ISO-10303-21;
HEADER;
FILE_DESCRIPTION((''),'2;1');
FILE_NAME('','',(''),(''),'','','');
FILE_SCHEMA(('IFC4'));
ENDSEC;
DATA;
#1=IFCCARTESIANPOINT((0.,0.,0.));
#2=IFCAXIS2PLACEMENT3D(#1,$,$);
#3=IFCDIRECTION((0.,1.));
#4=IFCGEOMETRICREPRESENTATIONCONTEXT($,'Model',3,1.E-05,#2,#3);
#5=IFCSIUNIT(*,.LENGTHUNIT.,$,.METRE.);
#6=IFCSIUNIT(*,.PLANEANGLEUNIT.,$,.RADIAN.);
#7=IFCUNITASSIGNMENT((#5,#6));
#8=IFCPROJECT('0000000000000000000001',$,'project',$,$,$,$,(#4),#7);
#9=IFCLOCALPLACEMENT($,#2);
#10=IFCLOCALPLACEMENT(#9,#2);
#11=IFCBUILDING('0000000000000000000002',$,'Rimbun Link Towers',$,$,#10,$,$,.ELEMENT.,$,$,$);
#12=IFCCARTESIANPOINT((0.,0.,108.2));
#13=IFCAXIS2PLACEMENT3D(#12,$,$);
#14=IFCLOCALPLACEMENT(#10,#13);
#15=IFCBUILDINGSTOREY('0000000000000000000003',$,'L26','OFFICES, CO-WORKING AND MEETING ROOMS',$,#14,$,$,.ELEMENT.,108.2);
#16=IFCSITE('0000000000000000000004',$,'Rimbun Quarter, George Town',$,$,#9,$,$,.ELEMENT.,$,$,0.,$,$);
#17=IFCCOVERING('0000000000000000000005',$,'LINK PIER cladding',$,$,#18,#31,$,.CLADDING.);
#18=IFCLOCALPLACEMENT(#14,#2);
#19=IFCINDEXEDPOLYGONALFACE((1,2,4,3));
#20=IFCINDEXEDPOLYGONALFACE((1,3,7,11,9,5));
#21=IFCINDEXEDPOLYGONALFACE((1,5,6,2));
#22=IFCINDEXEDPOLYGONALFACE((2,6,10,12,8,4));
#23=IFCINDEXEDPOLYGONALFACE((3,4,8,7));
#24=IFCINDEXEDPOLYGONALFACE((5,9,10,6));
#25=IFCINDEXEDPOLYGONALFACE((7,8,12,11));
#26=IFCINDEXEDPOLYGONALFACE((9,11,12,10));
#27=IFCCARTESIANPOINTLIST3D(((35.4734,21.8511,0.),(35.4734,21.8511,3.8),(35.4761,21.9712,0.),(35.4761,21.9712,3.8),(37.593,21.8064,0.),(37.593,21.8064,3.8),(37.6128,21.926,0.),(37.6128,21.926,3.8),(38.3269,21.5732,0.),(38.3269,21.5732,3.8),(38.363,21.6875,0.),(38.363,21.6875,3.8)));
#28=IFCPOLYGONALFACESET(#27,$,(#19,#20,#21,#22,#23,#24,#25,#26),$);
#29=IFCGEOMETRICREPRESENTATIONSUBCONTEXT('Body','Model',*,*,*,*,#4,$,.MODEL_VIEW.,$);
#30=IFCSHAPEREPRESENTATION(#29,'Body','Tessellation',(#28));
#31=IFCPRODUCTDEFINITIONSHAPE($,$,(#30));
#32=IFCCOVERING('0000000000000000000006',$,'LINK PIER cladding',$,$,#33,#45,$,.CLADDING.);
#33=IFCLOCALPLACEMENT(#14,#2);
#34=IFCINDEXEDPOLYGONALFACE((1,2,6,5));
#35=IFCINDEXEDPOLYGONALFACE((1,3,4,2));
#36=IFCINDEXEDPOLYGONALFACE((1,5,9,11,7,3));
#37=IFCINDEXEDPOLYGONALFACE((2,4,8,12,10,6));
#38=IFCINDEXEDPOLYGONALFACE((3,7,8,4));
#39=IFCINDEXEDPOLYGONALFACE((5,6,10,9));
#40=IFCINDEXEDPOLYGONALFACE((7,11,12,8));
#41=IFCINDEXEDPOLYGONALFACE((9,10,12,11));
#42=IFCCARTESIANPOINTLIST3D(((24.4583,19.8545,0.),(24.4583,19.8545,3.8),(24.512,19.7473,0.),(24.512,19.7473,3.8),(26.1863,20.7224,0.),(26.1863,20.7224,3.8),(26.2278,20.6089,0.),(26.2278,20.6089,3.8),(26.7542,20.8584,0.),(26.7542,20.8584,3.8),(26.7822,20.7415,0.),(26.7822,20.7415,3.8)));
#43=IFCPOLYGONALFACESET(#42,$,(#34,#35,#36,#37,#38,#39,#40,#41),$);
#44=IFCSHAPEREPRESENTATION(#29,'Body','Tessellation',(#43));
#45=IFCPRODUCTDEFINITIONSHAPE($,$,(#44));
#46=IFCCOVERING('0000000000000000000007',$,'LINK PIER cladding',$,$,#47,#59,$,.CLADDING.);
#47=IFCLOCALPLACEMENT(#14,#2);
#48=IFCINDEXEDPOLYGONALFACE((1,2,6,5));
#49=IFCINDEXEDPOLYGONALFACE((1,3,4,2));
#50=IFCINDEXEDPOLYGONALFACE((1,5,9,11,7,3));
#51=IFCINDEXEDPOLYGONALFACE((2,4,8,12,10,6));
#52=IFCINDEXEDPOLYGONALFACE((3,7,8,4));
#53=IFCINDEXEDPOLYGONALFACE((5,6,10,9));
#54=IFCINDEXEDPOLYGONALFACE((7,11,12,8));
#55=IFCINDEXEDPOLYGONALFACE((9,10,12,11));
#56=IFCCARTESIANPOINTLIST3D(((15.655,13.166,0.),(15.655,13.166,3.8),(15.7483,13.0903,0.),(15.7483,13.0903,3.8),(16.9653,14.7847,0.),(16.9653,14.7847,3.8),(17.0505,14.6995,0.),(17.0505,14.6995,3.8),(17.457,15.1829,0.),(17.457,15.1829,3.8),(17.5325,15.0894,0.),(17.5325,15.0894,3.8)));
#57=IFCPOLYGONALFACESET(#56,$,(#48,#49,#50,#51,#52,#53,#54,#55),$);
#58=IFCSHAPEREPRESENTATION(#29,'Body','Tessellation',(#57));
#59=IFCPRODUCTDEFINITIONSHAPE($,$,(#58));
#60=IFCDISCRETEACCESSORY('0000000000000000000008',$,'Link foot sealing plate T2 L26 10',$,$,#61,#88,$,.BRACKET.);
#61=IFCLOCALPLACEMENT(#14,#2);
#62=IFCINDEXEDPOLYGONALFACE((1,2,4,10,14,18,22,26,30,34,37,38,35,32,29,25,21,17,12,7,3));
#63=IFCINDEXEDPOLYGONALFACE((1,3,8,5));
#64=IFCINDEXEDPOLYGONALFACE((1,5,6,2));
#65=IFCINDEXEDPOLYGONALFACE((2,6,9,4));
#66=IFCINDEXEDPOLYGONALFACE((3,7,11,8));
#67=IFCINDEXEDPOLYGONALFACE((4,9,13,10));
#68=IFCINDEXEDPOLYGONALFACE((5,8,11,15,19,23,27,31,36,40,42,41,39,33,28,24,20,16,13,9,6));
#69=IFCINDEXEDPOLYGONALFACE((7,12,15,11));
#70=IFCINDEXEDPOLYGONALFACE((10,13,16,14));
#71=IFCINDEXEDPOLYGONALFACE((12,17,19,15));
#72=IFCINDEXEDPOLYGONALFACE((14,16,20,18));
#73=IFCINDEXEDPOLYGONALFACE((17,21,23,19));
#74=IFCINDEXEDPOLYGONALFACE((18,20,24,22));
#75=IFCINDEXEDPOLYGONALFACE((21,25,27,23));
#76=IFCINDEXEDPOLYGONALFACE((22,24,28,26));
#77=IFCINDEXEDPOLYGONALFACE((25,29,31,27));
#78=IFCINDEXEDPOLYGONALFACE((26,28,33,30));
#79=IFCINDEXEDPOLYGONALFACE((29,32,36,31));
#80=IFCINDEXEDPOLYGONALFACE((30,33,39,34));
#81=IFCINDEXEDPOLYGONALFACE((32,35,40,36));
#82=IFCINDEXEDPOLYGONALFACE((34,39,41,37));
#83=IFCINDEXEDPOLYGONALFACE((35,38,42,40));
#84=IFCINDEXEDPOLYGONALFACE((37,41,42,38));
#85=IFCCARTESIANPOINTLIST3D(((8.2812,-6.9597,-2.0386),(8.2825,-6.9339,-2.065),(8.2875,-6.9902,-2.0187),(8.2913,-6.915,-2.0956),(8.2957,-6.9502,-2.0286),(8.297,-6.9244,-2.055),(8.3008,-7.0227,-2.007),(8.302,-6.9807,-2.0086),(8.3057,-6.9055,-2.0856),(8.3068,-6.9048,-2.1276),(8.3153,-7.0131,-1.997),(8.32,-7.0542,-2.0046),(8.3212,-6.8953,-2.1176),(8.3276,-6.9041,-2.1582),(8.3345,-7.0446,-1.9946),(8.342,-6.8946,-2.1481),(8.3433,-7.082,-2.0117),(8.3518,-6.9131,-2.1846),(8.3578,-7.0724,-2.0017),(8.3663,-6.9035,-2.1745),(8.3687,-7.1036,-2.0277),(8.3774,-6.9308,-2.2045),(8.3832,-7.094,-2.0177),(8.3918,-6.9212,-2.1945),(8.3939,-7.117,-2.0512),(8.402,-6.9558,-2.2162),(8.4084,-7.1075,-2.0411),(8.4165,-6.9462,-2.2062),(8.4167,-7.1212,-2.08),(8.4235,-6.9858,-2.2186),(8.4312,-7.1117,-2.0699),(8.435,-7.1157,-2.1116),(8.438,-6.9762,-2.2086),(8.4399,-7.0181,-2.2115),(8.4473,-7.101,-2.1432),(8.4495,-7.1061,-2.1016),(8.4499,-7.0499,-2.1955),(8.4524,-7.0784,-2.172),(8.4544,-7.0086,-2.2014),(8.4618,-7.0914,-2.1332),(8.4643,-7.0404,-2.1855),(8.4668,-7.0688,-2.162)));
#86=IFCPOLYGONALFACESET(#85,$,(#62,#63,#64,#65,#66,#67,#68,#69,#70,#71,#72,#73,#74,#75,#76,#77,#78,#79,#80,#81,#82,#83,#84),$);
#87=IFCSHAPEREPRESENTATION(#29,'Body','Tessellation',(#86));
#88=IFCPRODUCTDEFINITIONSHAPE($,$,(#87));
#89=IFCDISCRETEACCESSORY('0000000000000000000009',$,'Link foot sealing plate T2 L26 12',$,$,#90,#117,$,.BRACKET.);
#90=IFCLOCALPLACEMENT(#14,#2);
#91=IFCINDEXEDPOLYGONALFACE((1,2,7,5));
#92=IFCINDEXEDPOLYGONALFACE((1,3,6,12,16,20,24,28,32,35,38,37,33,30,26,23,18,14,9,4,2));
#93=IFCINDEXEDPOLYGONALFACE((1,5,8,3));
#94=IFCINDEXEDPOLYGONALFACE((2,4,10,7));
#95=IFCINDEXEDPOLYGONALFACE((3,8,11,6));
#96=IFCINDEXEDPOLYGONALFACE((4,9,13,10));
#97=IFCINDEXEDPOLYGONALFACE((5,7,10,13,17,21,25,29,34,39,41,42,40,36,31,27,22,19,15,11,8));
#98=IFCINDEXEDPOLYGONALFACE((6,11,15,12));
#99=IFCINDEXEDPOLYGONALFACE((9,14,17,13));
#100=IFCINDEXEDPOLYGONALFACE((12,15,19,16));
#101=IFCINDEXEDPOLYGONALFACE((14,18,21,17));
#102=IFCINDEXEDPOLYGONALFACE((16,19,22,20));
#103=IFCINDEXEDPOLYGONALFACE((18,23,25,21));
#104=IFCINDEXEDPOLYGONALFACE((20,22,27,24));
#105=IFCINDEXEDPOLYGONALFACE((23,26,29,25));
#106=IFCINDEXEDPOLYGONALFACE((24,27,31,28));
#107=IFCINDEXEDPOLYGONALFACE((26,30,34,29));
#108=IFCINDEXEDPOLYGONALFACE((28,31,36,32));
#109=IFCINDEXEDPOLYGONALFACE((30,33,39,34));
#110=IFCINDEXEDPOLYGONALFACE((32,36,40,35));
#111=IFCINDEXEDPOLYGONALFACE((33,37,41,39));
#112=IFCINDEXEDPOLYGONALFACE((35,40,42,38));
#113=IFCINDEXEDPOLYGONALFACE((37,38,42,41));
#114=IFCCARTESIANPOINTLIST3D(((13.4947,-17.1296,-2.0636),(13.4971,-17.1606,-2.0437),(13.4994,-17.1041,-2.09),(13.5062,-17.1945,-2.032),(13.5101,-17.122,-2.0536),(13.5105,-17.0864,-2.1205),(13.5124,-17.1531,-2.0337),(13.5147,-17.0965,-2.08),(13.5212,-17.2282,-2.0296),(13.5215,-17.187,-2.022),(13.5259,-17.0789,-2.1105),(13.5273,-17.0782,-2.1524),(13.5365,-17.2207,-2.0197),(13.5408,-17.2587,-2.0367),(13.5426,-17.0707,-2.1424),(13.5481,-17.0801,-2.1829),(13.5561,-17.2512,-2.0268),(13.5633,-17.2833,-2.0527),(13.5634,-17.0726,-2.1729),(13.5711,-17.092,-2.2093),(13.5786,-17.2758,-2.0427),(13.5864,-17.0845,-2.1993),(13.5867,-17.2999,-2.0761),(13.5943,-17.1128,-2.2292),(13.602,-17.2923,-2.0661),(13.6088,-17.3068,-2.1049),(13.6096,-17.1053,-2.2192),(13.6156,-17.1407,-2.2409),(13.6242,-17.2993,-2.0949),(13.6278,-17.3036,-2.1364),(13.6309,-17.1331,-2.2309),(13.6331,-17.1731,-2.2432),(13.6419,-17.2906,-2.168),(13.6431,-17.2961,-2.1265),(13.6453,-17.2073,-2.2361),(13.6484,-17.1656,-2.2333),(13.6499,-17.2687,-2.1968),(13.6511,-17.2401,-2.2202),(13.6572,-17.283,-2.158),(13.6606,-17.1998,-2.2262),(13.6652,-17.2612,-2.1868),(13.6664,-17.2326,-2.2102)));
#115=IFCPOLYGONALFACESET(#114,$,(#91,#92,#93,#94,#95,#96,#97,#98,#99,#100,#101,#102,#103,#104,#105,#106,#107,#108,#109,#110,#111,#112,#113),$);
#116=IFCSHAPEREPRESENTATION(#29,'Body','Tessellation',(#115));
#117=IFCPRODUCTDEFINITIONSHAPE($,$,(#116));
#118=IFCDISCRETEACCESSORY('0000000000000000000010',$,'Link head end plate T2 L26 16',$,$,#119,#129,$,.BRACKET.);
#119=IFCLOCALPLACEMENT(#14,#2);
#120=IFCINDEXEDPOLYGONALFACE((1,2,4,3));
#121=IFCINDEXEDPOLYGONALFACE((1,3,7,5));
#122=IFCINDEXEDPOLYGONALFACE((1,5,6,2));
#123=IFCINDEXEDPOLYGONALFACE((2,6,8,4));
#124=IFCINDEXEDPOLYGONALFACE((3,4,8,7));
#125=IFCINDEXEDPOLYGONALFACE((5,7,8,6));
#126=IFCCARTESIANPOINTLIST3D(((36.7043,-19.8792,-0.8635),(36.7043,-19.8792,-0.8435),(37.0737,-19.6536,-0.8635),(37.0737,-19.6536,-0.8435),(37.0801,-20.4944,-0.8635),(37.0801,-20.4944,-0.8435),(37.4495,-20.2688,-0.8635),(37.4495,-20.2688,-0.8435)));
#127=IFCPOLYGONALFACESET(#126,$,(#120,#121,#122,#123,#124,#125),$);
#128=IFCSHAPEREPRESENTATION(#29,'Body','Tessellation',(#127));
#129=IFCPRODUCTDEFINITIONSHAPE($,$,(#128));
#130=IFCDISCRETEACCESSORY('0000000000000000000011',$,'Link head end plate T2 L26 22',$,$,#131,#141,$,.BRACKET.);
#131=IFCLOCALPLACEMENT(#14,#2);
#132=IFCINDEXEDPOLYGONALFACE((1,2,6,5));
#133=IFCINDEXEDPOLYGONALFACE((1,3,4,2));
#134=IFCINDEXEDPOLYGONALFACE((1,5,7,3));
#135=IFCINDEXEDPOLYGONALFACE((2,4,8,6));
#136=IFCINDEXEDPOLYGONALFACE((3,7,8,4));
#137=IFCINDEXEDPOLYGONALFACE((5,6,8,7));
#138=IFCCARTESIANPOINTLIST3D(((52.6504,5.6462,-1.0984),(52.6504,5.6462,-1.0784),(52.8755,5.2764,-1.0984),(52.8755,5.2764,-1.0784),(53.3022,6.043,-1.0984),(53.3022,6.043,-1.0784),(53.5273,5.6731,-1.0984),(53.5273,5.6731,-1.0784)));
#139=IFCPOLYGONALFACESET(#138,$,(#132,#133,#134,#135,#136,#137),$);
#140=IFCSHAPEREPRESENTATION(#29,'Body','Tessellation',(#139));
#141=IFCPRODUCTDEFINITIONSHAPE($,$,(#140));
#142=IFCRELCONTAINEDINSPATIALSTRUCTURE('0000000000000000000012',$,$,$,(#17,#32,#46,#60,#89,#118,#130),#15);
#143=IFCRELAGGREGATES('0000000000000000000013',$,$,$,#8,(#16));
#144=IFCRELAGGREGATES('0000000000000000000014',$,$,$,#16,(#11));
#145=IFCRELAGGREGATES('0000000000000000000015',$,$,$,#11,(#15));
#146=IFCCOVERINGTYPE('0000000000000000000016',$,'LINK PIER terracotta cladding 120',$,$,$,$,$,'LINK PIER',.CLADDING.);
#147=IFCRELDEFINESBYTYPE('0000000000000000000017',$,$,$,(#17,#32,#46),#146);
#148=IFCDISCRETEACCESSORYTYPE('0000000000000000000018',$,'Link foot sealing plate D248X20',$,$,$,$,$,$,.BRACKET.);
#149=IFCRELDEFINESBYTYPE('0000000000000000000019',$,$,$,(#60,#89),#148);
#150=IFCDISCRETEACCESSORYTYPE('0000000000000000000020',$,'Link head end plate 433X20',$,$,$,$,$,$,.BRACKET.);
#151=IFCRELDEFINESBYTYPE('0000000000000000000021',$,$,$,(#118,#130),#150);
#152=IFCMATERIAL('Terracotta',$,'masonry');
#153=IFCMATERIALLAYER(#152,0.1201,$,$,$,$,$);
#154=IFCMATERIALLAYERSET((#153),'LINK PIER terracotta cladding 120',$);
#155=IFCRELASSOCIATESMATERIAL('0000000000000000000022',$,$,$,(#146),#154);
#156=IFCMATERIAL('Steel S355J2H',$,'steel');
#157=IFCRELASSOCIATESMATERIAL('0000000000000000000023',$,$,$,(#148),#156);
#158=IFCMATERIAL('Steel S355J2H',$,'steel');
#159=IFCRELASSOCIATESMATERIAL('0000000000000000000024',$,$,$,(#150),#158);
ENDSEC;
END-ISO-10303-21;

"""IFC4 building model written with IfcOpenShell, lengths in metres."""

from ifc_helpers import new_model, si_unit, direction, frame, origin, origin_2d, place, context, subcontext, project, spatial, polyline, rectangle, circle, outline, extrude, material, layer, layer_set, material_profile, profile_set, type_object, element, save


model = new_model("IFC4")

# Units and contexts
model_context = context("Model", 3, precision=1e-05, world=origin(), true_north=direction((0.0, 1.0)))
body_context = subcontext(model_context, "Body", "Model", "MODEL_VIEW")
ifc_project = project(units=[si_unit("LENGTHUNIT", "METRE"), si_unit("PLANEANGLEUNIT", "RADIAN")], contexts=[model_context])

# Site, building, storey
site_placement = place(None, origin())
site = spatial("IfcSite", under=ifc_project, at=site_placement, Name="Rimbun Quarter, George Town", CompositionType="ELEMENT", RefElevation=0.0)
building_placement = place(site_placement, origin())
building = spatial("IfcBuilding", under=site, at=building_placement, Name="Rimbun Link Towers", CompositionType="ELEMENT")
storey_placement = place(building_placement, frame((0.0, 0.0, 108.2)))
storey = spatial("IfcBuildingStorey", under=building, at=storey_placement, Name="L26", Description="OFFICES, CO-WORKING AND MEETING ROOMS", CompositionType="ELEMENT", Elevation=108.2)

# Coverings
ifc_material_1 = material(Name="Terracotta", Category="masonry")
ifc_layer_1 = layer(ifc_material_1, 0.1201)
ifc_layer_set_1 = layer_set([ifc_layer_1], Name="LINK PIER terracotta cladding 120")
covering_type_1 = type_object("IfcCoveringType", Name="LINK PIER terracotta cladding 120", ElementType="LINK PIER", PredefinedType="CLADDING", material=ifc_layer_set_1)
covering_1_placement = place(storey_placement, origin())
element("IfcCovering", 1, at=covering_1_placement, inside=storey, type_object=covering_type_1, Name="LINK PIER cladding", PredefinedType="CLADDING", context=body_context, shape_type="SweptSolid", body=[
    extrude(outline(polyline([(35.4734, 21.8511), (37.593, 21.8064), (38.3269, 21.5732), (38.363, 21.6875), (37.6128, 21.926), (35.4761, 21.9712), (35.4734, 21.8511)])), origin(), (0.0, 0.0, 1.0), 3.8),
])
covering_2_placement = place(storey_placement, origin())
element("IfcCovering", 2, at=covering_2_placement, inside=storey, type_object=covering_type_1, Name="LINK PIER cladding", PredefinedType="CLADDING", context=body_context, shape_type="SweptSolid", body=[
    extrude(outline(polyline([(24.512, 19.7473), (26.2278, 20.6089), (26.7822, 20.7415), (26.7542, 20.8584), (26.1863, 20.7224), (24.4583, 19.8545), (24.512, 19.7473)])), origin(), (0.0, 0.0, 1.0), 3.8),
])
covering_3_placement = place(storey_placement, origin())
element("IfcCovering", 3, at=covering_3_placement, inside=storey, type_object=covering_type_1, Name="LINK PIER cladding", PredefinedType="CLADDING", context=body_context, shape_type="SweptSolid", body=[
    extrude(outline(polyline([(15.7483, 13.0903), (17.0505, 14.6995), (17.5325, 15.0894), (17.457, 15.1829), (16.9653, 14.7847), (15.655, 13.166), (15.7483, 13.0903)])), origin(), (0.0, 0.0, 1.0), 3.8),
])

# Discrete accessories
ifc_material_2 = material(Name="Steel S355J2H", Category="steel")
ifc_material_profile_1 = material_profile(ifc_material_2, circle(Radius=0.124, at=origin_2d()), Name="PL D248")
ifc_profile_set_1 = profile_set([ifc_material_profile_1], Name="Steel S355J2H")
discrete_accessory_type_1 = type_object("IfcDiscreteAccessoryType", Name="Link foot sealing plate D248X20", PredefinedType="BRACKET", material=ifc_profile_set_1)
discrete_accessory_1_placement = place(storey_placement, frame((8.3811, -7.0027, -2.1016), z_axis=(-0.721716, -0.477066, -0.501531), x_axis=(0.551433, -0.834219, 0.0)))
element("IfcDiscreteAccessory", 4, at=discrete_accessory_1_placement, inside=storey, type_object=discrete_accessory_type_1, Name="Link foot sealing plate T2 L26 10", PredefinedType="BRACKET", context=body_context, shape_type="SweptSolid", body=[
    extrude(circle(Radius=0.124, at=origin_2d()), origin(), (0.0, 0.0, 1.0), 0.02),
])
discrete_accessory_2_placement = place(storey_placement, frame((13.5884, -17.1848, -2.1265), z_axis=(-0.774831, -0.381266, -0.504255), x_axis=(0.441508, -0.897257, 0.0)))
element("IfcDiscreteAccessory", 5, at=discrete_accessory_2_placement, inside=storey, type_object=discrete_accessory_type_1, Name="Link foot sealing plate T2 L26 12", PredefinedType="BRACKET", context=body_context, shape_type="SweptSolid", body=[
    extrude(circle(Radius=0.124, at=origin_2d()), origin(), (0.0, 0.0, 1.0), 0.0198),
])
ifc_material_3 = material(Name="Steel S355J2H", Category="steel")
ifc_material_profile_2 = material_profile(ifc_material_3, rectangle(XDim=0.4331, YDim=0.4331, at=origin_2d()), Name="PL 433x433")
ifc_profile_set_2 = profile_set([ifc_material_profile_2], Name="Steel S355J2H")
discrete_accessory_type_2 = type_object("IfcDiscreteAccessoryType", Name="Link head end plate 433X20", PredefinedType="BRACKET", material=ifc_profile_set_2)
discrete_accessory_3_placement = place(storey_placement, frame((0.0, 0.0, -0.8635)))
element("IfcDiscreteAccessory", 6, at=discrete_accessory_3_placement, inside=storey, type_object=discrete_accessory_type_2, Name="Link head end plate T2 L26 16", PredefinedType="BRACKET", context=body_context, shape_type="SweptSolid", body=[
    extrude(outline(polyline([(36.7043, -19.8792), (37.0801, -20.4944), (37.4495, -20.2688), (37.0737, -19.6536), (36.7043, -19.8792)])), origin(), (0.0, 0.0, 1.0), 0.02),
])
discrete_accessory_4_placement = place(storey_placement, frame((0.0, 0.0, -1.0984)))
element("IfcDiscreteAccessory", 7, at=discrete_accessory_4_placement, inside=storey, type_object=discrete_accessory_type_2, Name="Link head end plate T2 L26 22", PredefinedType="BRACKET", context=body_context, shape_type="SweptSolid", body=[
    extrude(outline(polyline([(52.8755, 5.2764), (53.5273, 5.6731), (53.3022, 6.043), (52.6504, 5.6462), (52.8755, 5.2764)])), origin(), (0.0, 0.0, 1.0), 0.02),
])

save(model, "model.ifc")
